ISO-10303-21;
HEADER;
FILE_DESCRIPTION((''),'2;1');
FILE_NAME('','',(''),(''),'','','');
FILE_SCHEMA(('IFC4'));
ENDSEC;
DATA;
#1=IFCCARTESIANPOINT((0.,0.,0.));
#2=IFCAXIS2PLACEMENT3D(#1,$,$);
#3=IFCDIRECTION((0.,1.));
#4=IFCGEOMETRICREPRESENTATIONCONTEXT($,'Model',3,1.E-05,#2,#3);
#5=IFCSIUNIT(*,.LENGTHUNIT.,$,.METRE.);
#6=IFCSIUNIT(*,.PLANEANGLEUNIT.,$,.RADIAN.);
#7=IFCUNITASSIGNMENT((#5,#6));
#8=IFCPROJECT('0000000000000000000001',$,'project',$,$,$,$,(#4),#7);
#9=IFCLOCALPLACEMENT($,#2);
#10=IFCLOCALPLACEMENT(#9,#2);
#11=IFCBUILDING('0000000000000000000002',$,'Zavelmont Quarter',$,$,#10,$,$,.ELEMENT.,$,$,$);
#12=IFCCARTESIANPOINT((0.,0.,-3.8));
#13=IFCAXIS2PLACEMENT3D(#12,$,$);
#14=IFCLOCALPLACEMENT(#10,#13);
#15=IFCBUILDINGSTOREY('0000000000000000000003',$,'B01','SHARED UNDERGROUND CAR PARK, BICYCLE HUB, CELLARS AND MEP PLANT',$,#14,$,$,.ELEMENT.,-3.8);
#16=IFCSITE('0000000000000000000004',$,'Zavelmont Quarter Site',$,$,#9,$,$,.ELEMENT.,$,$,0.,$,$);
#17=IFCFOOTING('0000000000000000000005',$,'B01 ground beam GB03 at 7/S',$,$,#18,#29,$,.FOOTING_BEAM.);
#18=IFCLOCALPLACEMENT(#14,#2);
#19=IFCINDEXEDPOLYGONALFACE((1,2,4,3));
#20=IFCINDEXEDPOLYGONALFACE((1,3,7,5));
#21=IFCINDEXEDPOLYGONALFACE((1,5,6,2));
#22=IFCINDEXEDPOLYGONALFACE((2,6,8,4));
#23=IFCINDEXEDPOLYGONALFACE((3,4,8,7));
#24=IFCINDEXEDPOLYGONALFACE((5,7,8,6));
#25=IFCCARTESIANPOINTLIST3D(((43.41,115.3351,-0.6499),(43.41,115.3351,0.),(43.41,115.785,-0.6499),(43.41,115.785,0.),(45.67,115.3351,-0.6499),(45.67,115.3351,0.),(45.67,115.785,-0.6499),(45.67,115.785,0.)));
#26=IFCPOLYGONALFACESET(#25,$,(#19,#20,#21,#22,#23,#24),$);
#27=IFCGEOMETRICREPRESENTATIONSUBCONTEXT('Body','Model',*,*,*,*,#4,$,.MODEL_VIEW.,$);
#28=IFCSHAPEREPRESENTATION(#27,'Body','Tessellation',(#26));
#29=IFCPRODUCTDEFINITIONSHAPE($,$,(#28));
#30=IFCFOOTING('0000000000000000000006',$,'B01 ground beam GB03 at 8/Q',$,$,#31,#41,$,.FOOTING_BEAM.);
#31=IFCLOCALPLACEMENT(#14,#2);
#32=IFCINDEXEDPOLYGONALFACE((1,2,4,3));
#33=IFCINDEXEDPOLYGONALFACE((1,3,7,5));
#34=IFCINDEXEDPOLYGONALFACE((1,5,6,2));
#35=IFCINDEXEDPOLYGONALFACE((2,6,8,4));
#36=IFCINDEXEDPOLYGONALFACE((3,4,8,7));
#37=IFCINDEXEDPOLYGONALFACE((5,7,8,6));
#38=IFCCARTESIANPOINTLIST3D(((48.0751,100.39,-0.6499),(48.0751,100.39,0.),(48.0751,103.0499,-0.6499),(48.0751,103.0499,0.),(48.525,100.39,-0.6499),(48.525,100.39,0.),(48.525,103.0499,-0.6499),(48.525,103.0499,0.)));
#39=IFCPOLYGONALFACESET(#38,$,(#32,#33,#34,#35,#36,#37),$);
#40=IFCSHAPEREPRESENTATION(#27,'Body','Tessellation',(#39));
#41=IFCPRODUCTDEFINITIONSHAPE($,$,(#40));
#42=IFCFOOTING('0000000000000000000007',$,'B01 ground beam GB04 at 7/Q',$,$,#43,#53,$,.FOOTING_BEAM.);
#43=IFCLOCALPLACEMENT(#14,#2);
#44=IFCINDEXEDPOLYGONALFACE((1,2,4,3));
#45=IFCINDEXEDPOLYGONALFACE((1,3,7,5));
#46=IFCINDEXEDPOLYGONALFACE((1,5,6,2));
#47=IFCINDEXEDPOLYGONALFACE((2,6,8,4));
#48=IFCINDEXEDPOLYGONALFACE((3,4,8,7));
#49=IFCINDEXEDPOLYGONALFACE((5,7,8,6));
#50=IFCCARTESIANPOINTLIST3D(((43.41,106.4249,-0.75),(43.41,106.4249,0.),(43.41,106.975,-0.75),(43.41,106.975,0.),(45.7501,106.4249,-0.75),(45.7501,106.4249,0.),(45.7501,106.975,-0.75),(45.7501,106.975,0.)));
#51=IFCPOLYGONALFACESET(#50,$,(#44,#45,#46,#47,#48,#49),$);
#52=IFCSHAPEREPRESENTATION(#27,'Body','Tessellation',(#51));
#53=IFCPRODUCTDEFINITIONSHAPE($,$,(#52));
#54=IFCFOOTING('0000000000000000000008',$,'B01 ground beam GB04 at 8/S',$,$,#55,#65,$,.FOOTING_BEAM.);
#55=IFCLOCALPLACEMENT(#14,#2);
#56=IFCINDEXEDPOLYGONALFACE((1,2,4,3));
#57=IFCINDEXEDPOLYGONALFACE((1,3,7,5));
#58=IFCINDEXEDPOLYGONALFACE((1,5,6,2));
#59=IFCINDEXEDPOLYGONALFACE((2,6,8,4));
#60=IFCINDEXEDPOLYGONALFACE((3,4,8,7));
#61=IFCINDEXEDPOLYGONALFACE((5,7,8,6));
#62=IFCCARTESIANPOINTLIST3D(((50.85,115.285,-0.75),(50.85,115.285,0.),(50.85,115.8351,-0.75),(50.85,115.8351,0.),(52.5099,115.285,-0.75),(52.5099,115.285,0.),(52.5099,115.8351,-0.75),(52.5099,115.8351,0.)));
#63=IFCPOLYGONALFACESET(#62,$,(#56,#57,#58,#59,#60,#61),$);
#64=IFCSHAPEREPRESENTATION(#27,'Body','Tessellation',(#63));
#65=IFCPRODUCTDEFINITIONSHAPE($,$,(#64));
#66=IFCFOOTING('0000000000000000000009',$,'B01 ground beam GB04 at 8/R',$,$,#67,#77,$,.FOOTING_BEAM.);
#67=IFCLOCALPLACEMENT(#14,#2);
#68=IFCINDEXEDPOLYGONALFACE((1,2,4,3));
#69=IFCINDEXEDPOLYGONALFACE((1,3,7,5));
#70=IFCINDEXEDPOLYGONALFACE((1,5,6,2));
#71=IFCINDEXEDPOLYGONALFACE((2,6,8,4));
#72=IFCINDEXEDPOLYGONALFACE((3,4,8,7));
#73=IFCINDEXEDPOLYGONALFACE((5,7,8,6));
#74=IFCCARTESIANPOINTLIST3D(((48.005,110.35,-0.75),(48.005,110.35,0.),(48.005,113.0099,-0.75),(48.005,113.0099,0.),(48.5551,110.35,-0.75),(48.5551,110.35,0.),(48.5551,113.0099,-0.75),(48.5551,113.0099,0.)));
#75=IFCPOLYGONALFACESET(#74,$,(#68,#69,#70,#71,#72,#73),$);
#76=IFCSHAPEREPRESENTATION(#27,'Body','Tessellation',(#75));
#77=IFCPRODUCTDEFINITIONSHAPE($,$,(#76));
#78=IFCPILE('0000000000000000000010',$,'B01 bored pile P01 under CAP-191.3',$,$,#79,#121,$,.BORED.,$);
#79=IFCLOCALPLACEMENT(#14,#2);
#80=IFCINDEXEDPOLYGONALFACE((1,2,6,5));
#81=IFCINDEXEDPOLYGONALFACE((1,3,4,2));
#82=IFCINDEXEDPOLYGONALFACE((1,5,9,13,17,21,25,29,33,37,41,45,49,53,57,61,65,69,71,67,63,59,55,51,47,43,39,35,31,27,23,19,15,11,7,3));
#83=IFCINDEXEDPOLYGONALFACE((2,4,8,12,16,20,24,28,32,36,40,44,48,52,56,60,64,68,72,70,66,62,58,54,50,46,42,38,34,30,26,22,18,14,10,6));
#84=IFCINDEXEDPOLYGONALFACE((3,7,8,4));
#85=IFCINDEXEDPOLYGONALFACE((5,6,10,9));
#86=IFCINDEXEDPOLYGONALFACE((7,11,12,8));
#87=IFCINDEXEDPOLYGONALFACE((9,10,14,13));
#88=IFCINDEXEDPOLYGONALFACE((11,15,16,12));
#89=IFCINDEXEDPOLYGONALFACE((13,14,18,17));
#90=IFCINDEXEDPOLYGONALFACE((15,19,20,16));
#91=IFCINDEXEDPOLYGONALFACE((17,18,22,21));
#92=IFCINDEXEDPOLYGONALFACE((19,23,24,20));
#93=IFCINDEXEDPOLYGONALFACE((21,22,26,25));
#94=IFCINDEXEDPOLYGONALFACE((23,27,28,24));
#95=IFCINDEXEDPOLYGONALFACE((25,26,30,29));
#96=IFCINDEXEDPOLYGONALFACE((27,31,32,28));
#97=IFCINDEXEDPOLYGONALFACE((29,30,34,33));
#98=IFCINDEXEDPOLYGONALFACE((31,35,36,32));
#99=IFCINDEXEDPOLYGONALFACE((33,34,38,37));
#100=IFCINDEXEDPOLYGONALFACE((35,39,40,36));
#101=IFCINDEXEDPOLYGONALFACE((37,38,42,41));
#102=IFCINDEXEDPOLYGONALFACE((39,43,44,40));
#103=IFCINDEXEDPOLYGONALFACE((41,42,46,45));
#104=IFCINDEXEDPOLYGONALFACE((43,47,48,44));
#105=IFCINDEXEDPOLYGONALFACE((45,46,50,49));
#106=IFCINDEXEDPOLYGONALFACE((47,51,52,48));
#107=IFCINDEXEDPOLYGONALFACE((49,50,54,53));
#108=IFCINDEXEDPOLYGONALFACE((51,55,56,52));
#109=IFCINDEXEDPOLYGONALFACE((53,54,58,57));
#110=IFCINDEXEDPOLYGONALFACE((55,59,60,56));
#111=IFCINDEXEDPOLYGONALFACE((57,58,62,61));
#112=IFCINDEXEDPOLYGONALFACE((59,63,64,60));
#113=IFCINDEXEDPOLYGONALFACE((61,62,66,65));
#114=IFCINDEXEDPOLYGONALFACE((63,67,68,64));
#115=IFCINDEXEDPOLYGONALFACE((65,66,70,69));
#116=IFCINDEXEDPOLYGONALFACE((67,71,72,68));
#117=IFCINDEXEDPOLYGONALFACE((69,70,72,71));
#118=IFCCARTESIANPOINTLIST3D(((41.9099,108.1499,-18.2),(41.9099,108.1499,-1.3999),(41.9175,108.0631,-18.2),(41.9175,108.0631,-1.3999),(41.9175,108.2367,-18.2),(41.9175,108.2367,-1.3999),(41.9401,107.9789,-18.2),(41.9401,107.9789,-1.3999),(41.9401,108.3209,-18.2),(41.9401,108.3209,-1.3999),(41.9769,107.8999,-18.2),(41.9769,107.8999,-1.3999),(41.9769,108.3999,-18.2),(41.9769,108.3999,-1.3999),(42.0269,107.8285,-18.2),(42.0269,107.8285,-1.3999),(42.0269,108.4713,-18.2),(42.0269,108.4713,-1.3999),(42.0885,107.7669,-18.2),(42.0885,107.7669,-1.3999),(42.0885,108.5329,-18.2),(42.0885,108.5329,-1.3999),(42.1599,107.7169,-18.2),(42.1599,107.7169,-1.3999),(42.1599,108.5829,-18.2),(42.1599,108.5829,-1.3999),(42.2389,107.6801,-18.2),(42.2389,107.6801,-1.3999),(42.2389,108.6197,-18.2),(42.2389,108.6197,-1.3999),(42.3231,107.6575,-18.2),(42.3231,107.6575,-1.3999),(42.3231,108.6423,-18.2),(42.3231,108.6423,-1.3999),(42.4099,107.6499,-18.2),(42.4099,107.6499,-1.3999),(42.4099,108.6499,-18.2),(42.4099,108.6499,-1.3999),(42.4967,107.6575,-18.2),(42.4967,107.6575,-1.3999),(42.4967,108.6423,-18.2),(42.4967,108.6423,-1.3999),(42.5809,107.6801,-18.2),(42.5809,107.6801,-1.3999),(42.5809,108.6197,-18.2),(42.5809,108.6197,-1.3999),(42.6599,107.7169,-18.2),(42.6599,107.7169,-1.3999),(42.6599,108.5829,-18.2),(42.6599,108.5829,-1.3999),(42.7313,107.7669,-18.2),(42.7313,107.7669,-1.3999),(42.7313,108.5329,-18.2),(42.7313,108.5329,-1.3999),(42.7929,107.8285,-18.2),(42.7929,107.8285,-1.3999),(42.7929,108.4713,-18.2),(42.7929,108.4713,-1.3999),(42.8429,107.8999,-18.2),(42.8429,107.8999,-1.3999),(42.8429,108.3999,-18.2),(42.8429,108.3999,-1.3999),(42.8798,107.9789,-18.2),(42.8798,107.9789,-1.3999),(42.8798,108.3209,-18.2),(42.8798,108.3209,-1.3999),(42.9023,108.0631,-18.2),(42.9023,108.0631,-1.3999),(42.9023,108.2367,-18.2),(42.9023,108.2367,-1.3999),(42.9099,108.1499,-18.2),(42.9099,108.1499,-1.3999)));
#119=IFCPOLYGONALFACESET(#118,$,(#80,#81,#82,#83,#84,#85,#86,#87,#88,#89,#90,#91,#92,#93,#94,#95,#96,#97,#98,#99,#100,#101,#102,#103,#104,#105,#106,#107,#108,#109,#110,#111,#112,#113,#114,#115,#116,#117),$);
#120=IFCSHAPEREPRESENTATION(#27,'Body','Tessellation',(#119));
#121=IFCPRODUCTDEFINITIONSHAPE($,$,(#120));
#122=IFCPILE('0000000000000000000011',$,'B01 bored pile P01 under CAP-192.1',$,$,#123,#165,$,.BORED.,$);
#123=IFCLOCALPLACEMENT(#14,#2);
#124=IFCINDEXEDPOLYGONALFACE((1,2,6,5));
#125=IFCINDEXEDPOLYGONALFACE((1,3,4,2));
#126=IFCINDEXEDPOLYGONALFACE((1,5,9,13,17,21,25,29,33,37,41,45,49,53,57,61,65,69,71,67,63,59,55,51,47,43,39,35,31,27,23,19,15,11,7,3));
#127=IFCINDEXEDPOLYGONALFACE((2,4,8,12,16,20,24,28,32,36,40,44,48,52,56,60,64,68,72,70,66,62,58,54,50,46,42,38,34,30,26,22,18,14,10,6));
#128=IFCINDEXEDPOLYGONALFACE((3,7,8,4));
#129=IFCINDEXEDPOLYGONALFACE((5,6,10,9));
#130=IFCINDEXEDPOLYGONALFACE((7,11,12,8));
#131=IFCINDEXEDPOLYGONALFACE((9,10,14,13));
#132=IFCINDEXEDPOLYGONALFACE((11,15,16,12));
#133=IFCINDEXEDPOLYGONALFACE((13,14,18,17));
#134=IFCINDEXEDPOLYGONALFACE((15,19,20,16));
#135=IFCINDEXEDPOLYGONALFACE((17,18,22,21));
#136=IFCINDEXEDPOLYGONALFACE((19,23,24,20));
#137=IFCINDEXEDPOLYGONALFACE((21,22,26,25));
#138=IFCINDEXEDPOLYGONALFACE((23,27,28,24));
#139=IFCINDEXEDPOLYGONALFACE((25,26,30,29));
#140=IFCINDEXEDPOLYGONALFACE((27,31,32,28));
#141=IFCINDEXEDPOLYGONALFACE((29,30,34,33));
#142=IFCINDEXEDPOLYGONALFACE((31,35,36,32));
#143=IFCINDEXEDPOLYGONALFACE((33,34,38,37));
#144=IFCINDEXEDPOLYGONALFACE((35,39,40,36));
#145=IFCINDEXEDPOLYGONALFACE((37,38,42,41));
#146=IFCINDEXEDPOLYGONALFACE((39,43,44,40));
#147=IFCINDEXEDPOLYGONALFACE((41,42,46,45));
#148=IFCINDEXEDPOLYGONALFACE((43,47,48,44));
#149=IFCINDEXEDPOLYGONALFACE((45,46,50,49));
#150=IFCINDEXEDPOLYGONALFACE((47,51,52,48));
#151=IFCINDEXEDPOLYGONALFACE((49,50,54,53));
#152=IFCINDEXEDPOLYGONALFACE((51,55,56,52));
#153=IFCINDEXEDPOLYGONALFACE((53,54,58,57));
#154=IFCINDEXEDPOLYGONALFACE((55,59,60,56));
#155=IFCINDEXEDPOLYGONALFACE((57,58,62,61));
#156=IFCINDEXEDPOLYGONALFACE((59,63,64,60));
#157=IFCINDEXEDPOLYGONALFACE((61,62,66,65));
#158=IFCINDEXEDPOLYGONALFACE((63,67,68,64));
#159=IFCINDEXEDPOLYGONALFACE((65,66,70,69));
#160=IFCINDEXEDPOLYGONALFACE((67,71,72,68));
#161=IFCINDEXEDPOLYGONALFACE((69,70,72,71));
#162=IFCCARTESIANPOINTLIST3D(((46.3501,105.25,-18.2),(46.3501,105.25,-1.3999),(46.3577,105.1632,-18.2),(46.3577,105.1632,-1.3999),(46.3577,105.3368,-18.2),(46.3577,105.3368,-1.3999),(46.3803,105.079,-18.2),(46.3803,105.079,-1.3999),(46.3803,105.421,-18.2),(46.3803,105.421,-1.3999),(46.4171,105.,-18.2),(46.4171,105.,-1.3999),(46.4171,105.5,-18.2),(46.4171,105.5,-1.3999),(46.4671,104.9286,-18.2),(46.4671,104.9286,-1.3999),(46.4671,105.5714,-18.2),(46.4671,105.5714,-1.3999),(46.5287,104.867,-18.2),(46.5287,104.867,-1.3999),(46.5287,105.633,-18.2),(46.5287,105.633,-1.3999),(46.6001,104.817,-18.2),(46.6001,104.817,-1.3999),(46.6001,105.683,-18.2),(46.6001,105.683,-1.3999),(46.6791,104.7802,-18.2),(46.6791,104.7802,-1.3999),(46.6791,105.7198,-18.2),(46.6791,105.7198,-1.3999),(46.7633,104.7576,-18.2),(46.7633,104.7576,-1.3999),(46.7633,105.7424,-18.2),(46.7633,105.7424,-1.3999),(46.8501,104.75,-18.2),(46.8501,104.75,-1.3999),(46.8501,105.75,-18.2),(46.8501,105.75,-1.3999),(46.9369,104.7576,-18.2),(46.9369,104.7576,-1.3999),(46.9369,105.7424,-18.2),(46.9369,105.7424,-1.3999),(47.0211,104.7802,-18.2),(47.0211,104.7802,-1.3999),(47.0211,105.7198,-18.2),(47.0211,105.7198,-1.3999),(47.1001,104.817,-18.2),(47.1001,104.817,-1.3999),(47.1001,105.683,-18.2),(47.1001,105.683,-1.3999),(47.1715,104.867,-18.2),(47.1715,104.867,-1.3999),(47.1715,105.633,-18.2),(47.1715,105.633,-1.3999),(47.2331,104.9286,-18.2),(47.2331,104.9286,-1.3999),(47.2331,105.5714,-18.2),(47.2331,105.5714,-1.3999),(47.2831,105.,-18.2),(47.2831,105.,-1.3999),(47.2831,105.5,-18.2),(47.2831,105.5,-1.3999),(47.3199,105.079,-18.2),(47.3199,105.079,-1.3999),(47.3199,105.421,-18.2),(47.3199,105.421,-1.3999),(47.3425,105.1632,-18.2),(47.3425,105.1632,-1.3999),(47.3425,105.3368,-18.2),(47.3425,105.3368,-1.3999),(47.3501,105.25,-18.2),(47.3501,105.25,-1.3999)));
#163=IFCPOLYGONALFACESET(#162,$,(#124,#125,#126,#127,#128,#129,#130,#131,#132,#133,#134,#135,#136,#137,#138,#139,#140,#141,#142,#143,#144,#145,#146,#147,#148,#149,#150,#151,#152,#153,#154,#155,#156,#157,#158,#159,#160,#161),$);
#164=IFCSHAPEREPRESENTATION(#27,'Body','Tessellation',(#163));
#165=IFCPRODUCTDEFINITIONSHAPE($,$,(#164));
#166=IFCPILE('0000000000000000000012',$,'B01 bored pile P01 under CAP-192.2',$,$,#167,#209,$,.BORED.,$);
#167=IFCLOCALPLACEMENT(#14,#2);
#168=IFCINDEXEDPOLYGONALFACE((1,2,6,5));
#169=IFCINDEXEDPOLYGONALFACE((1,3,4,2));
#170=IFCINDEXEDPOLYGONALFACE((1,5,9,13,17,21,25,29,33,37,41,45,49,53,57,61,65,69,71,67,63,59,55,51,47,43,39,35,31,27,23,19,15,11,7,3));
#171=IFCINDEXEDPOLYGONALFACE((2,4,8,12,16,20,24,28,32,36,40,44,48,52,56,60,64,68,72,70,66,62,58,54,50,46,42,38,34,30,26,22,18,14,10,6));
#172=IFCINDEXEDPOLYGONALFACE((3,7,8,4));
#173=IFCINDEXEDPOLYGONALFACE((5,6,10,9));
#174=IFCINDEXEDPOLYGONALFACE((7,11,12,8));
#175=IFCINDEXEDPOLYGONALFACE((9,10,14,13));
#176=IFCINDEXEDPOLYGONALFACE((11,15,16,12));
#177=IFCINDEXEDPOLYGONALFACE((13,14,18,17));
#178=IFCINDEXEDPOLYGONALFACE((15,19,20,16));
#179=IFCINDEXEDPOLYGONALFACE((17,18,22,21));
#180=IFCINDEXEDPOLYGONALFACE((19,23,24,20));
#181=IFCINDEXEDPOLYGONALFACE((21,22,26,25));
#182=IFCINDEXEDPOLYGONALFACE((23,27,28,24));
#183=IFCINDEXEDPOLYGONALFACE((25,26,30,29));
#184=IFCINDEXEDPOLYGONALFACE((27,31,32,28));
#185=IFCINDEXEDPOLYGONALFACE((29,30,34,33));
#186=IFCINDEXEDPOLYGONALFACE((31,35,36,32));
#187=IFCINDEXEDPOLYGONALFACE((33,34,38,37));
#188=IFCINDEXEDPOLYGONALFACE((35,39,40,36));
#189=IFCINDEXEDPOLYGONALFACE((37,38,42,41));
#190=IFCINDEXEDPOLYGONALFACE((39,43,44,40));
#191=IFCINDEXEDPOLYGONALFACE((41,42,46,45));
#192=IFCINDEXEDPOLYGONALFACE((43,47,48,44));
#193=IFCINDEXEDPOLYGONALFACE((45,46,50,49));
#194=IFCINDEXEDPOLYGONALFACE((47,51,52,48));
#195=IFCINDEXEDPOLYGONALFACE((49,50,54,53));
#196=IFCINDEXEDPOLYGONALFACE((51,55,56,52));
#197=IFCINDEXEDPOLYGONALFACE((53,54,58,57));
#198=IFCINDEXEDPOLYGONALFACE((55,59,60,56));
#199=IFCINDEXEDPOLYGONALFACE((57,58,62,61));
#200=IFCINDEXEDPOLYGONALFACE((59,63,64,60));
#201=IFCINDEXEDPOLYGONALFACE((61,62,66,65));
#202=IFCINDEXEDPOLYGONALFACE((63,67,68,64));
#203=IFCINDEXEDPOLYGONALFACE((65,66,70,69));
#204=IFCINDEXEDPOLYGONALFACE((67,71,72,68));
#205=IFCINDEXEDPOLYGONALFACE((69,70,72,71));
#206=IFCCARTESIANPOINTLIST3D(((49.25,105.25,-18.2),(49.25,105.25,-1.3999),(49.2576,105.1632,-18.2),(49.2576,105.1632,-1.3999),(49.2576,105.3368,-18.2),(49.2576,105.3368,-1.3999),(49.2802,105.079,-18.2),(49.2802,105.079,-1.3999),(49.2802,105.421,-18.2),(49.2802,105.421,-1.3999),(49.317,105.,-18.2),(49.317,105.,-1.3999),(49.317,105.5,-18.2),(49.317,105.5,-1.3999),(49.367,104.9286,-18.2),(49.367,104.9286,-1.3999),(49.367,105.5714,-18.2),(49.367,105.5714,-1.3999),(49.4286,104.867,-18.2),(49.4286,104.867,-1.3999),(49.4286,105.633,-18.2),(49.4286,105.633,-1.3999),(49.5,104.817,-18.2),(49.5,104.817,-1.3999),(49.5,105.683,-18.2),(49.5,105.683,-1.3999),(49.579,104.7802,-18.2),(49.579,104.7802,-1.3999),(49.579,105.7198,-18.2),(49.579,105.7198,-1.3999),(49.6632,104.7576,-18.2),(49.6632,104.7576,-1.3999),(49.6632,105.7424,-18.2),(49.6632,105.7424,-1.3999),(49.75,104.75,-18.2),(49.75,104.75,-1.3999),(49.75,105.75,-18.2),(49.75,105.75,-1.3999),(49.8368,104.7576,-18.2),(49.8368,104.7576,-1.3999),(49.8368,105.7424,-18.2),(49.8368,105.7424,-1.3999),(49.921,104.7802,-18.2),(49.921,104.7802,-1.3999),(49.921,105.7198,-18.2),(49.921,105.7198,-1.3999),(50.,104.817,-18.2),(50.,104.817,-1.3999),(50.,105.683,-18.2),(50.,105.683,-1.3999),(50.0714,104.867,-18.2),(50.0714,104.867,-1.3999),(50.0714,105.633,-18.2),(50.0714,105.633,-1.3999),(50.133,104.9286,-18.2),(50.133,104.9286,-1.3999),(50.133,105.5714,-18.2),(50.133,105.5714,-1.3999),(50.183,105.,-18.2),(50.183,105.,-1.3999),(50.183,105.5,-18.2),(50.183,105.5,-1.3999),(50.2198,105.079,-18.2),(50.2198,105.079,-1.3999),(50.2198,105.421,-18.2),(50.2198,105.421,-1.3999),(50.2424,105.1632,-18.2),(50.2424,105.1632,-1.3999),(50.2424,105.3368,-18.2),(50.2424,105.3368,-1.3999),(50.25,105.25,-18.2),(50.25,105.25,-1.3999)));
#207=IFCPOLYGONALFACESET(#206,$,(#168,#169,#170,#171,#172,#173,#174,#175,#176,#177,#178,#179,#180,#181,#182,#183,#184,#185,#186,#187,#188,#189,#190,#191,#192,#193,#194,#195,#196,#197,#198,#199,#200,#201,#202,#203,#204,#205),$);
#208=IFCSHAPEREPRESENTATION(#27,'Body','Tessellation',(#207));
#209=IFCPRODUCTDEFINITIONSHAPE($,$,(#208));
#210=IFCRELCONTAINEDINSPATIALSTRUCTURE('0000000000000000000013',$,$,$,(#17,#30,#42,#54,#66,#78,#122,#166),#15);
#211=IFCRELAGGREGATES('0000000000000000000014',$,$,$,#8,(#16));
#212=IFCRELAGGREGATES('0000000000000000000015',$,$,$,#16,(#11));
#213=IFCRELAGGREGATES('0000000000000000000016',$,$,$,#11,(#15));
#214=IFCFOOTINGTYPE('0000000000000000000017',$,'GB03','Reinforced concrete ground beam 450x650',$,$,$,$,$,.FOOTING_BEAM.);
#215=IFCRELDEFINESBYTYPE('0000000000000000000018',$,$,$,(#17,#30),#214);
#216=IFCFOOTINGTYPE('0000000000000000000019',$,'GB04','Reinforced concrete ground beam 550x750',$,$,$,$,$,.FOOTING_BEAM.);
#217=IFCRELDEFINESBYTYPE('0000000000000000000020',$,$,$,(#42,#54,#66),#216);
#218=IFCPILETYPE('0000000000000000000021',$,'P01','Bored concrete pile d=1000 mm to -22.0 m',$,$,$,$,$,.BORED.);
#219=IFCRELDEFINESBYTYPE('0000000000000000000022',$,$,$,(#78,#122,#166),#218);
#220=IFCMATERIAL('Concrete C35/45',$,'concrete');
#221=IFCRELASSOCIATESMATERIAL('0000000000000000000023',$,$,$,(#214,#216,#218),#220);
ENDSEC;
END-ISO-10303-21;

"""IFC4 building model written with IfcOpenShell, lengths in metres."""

from ifc_helpers import new_model, si_unit, direction, frame, origin, origin_2d, place, context, subcontext, project, spatial, rectangle, circle, extrude, material, material_profile, profile_set, type_object, element, save


model = new_model("IFC4")

# Units and contexts
model_context = context("Model", 3, precision=1e-05, world=origin(), true_north=direction((0.0, 1.0)))
body_context = subcontext(model_context, "Body", "Model", "MODEL_VIEW")
ifc_project = project(units=[si_unit("LENGTHUNIT", "METRE"), si_unit("PLANEANGLEUNIT", "RADIAN")], contexts=[model_context])

# Site, building, storey
site_placement = place(None, origin())
site = spatial("IfcSite", under=ifc_project, at=site_placement, Name="Zavelmont Quarter Site", CompositionType="ELEMENT", RefElevation=0.0)
building_placement = place(site_placement, origin())
building = spatial("IfcBuilding", under=site, at=building_placement, Name="Zavelmont Quarter", CompositionType="ELEMENT")
storey_placement = place(building_placement, frame((0.0, 0.0, -3.8)))
storey = spatial("IfcBuildingStorey", under=building, at=storey_placement, Name="B01", Description="SHARED UNDERGROUND CAR PARK, BICYCLE HUB, CELLARS AND MEP PLANT", CompositionType="ELEMENT", Elevation=-3.8)

# Footings
ifc_material_1 = material(Name="Concrete C35/45", Category="concrete")
footing_type_1 = type_object("IfcFootingType", Name="GB03", Description="Reinforced concrete ground beam 450x650", PredefinedType="FOOTING_BEAM", material=ifc_material_1)
footing_1_placement = place(storey_placement, frame((44.54, 115.5601, -0.6499), z_axis=(0.0, 0.0, 1.0), x_axis=(1.0, 0.0, 0.0)))
element("IfcFooting", 1, at=footing_1_placement, inside=storey, type_object=footing_type_1, Name="B01 ground beam GB03 at 7/S", PredefinedType="FOOTING_BEAM", context=body_context, shape_type="SweptSolid", body=[
    extrude(rectangle(XDim=2.26, YDim=0.45, at=origin_2d()), origin(), (0.0, 0.0, 1.0), 0.6499),
])
footing_2_placement = place(storey_placement, frame((48.3, 101.72, -0.6499), z_axis=(0.0, 0.0, 1.0), x_axis=(0.0, 1.0, 0.0)))
element("IfcFooting", 2, at=footing_2_placement, inside=storey, type_object=footing_type_1, Name="B01 ground beam GB03 at 8/Q", PredefinedType="FOOTING_BEAM", context=body_context, shape_type="SweptSolid", body=[
    extrude(rectangle(XDim=2.6599, YDim=0.45, at=origin_2d()), origin(), (0.0, 0.0, 1.0), 0.6499),
])
footing_type_2 = type_object("IfcFootingType", Name="GB04", Description="Reinforced concrete ground beam 550x750", PredefinedType="FOOTING_BEAM", material=ifc_material_1)
footing_3_placement = place(storey_placement, frame((44.5801, 106.7, -0.75), z_axis=(0.0, 0.0, 1.0), x_axis=(1.0, 0.0, 0.0)))
element("IfcFooting", 3, at=footing_3_placement, inside=storey, type_object=footing_type_2, Name="B01 ground beam GB04 at 7/Q", PredefinedType="FOOTING_BEAM", context=body_context, shape_type="SweptSolid", body=[
    extrude(rectangle(XDim=2.3401, YDim=0.55, at=origin_2d()), origin(), (0.0, 0.0, 1.0), 0.75),
])
footing_4_placement = place(storey_placement, frame((51.6799, 115.5601, -0.75), z_axis=(0.0, 0.0, 1.0), x_axis=(1.0, 0.0, 0.0)))
element("IfcFooting", 4, at=footing_4_placement, inside=storey, type_object=footing_type_2, Name="B01 ground beam GB04 at 8/S", PredefinedType="FOOTING_BEAM", context=body_context, shape_type="SweptSolid", body=[
    extrude(rectangle(XDim=1.6599, YDim=0.55, at=origin_2d()), origin(), (0.0, 0.0, 1.0), 0.75),
])
footing_5_placement = place(storey_placement, frame((48.28, 111.6799, -0.75), z_axis=(0.0, 0.0, 1.0), x_axis=(0.0, 1.0, 0.0)))
element("IfcFooting", 5, at=footing_5_placement, inside=storey, type_object=footing_type_2, Name="B01 ground beam GB04 at 8/R", PredefinedType="FOOTING_BEAM", context=body_context, shape_type="SweptSolid", body=[
    extrude(rectangle(XDim=2.6599, YDim=0.55, at=origin_2d()), origin(), (0.0, 0.0, 1.0), 0.75),
])

# Piles
ifc_material_profile_1 = material_profile(ifc_material_1, circle(Radius=0.5, at=origin_2d()), Name="BP1000")
ifc_profile_set_1 = profile_set([ifc_material_profile_1], Name="Concrete C35/45")
pile_type_1 = type_object("IfcPileType", Name="P01", Description="Bored concrete pile d=1000 mm to -22.0 m", PredefinedType="BORED", material=ifc_profile_set_1)
for number, where, z_axis, x_axis, name in (
    (6, (42.4099, 108.1499, -1.3999), (0.0, 0.0, -1.0), (1.0, 0.0, 0.0), "B01 bored pile P01 under CAP-191.3"),
    (7, (46.8501, 105.25, -1.3999), (0.0, 0.0, -1.0), (1.0, 0.0, 0.0), "B01 bored pile P01 under CAP-192.1"),
    (8, (49.75, 105.25, -1.3999), (0.0, 0.0, -1.0), (1.0, 0.0, 0.0), "B01 bored pile P01 under CAP-192.2"),
):
    element("IfcPile", number, at=place(storey_placement, frame(where, z_axis=z_axis, x_axis=x_axis)), inside=storey, type_object=pile_type_1, Name=name, PredefinedType="BORED", context=body_context, shape_type="SweptSolid", body=[
        extrude(circle(Radius=0.5, at=origin_2d()), origin(), (0.0, 0.0, 1.0), 16.8),
    ])

save(model, "model.ifc")
